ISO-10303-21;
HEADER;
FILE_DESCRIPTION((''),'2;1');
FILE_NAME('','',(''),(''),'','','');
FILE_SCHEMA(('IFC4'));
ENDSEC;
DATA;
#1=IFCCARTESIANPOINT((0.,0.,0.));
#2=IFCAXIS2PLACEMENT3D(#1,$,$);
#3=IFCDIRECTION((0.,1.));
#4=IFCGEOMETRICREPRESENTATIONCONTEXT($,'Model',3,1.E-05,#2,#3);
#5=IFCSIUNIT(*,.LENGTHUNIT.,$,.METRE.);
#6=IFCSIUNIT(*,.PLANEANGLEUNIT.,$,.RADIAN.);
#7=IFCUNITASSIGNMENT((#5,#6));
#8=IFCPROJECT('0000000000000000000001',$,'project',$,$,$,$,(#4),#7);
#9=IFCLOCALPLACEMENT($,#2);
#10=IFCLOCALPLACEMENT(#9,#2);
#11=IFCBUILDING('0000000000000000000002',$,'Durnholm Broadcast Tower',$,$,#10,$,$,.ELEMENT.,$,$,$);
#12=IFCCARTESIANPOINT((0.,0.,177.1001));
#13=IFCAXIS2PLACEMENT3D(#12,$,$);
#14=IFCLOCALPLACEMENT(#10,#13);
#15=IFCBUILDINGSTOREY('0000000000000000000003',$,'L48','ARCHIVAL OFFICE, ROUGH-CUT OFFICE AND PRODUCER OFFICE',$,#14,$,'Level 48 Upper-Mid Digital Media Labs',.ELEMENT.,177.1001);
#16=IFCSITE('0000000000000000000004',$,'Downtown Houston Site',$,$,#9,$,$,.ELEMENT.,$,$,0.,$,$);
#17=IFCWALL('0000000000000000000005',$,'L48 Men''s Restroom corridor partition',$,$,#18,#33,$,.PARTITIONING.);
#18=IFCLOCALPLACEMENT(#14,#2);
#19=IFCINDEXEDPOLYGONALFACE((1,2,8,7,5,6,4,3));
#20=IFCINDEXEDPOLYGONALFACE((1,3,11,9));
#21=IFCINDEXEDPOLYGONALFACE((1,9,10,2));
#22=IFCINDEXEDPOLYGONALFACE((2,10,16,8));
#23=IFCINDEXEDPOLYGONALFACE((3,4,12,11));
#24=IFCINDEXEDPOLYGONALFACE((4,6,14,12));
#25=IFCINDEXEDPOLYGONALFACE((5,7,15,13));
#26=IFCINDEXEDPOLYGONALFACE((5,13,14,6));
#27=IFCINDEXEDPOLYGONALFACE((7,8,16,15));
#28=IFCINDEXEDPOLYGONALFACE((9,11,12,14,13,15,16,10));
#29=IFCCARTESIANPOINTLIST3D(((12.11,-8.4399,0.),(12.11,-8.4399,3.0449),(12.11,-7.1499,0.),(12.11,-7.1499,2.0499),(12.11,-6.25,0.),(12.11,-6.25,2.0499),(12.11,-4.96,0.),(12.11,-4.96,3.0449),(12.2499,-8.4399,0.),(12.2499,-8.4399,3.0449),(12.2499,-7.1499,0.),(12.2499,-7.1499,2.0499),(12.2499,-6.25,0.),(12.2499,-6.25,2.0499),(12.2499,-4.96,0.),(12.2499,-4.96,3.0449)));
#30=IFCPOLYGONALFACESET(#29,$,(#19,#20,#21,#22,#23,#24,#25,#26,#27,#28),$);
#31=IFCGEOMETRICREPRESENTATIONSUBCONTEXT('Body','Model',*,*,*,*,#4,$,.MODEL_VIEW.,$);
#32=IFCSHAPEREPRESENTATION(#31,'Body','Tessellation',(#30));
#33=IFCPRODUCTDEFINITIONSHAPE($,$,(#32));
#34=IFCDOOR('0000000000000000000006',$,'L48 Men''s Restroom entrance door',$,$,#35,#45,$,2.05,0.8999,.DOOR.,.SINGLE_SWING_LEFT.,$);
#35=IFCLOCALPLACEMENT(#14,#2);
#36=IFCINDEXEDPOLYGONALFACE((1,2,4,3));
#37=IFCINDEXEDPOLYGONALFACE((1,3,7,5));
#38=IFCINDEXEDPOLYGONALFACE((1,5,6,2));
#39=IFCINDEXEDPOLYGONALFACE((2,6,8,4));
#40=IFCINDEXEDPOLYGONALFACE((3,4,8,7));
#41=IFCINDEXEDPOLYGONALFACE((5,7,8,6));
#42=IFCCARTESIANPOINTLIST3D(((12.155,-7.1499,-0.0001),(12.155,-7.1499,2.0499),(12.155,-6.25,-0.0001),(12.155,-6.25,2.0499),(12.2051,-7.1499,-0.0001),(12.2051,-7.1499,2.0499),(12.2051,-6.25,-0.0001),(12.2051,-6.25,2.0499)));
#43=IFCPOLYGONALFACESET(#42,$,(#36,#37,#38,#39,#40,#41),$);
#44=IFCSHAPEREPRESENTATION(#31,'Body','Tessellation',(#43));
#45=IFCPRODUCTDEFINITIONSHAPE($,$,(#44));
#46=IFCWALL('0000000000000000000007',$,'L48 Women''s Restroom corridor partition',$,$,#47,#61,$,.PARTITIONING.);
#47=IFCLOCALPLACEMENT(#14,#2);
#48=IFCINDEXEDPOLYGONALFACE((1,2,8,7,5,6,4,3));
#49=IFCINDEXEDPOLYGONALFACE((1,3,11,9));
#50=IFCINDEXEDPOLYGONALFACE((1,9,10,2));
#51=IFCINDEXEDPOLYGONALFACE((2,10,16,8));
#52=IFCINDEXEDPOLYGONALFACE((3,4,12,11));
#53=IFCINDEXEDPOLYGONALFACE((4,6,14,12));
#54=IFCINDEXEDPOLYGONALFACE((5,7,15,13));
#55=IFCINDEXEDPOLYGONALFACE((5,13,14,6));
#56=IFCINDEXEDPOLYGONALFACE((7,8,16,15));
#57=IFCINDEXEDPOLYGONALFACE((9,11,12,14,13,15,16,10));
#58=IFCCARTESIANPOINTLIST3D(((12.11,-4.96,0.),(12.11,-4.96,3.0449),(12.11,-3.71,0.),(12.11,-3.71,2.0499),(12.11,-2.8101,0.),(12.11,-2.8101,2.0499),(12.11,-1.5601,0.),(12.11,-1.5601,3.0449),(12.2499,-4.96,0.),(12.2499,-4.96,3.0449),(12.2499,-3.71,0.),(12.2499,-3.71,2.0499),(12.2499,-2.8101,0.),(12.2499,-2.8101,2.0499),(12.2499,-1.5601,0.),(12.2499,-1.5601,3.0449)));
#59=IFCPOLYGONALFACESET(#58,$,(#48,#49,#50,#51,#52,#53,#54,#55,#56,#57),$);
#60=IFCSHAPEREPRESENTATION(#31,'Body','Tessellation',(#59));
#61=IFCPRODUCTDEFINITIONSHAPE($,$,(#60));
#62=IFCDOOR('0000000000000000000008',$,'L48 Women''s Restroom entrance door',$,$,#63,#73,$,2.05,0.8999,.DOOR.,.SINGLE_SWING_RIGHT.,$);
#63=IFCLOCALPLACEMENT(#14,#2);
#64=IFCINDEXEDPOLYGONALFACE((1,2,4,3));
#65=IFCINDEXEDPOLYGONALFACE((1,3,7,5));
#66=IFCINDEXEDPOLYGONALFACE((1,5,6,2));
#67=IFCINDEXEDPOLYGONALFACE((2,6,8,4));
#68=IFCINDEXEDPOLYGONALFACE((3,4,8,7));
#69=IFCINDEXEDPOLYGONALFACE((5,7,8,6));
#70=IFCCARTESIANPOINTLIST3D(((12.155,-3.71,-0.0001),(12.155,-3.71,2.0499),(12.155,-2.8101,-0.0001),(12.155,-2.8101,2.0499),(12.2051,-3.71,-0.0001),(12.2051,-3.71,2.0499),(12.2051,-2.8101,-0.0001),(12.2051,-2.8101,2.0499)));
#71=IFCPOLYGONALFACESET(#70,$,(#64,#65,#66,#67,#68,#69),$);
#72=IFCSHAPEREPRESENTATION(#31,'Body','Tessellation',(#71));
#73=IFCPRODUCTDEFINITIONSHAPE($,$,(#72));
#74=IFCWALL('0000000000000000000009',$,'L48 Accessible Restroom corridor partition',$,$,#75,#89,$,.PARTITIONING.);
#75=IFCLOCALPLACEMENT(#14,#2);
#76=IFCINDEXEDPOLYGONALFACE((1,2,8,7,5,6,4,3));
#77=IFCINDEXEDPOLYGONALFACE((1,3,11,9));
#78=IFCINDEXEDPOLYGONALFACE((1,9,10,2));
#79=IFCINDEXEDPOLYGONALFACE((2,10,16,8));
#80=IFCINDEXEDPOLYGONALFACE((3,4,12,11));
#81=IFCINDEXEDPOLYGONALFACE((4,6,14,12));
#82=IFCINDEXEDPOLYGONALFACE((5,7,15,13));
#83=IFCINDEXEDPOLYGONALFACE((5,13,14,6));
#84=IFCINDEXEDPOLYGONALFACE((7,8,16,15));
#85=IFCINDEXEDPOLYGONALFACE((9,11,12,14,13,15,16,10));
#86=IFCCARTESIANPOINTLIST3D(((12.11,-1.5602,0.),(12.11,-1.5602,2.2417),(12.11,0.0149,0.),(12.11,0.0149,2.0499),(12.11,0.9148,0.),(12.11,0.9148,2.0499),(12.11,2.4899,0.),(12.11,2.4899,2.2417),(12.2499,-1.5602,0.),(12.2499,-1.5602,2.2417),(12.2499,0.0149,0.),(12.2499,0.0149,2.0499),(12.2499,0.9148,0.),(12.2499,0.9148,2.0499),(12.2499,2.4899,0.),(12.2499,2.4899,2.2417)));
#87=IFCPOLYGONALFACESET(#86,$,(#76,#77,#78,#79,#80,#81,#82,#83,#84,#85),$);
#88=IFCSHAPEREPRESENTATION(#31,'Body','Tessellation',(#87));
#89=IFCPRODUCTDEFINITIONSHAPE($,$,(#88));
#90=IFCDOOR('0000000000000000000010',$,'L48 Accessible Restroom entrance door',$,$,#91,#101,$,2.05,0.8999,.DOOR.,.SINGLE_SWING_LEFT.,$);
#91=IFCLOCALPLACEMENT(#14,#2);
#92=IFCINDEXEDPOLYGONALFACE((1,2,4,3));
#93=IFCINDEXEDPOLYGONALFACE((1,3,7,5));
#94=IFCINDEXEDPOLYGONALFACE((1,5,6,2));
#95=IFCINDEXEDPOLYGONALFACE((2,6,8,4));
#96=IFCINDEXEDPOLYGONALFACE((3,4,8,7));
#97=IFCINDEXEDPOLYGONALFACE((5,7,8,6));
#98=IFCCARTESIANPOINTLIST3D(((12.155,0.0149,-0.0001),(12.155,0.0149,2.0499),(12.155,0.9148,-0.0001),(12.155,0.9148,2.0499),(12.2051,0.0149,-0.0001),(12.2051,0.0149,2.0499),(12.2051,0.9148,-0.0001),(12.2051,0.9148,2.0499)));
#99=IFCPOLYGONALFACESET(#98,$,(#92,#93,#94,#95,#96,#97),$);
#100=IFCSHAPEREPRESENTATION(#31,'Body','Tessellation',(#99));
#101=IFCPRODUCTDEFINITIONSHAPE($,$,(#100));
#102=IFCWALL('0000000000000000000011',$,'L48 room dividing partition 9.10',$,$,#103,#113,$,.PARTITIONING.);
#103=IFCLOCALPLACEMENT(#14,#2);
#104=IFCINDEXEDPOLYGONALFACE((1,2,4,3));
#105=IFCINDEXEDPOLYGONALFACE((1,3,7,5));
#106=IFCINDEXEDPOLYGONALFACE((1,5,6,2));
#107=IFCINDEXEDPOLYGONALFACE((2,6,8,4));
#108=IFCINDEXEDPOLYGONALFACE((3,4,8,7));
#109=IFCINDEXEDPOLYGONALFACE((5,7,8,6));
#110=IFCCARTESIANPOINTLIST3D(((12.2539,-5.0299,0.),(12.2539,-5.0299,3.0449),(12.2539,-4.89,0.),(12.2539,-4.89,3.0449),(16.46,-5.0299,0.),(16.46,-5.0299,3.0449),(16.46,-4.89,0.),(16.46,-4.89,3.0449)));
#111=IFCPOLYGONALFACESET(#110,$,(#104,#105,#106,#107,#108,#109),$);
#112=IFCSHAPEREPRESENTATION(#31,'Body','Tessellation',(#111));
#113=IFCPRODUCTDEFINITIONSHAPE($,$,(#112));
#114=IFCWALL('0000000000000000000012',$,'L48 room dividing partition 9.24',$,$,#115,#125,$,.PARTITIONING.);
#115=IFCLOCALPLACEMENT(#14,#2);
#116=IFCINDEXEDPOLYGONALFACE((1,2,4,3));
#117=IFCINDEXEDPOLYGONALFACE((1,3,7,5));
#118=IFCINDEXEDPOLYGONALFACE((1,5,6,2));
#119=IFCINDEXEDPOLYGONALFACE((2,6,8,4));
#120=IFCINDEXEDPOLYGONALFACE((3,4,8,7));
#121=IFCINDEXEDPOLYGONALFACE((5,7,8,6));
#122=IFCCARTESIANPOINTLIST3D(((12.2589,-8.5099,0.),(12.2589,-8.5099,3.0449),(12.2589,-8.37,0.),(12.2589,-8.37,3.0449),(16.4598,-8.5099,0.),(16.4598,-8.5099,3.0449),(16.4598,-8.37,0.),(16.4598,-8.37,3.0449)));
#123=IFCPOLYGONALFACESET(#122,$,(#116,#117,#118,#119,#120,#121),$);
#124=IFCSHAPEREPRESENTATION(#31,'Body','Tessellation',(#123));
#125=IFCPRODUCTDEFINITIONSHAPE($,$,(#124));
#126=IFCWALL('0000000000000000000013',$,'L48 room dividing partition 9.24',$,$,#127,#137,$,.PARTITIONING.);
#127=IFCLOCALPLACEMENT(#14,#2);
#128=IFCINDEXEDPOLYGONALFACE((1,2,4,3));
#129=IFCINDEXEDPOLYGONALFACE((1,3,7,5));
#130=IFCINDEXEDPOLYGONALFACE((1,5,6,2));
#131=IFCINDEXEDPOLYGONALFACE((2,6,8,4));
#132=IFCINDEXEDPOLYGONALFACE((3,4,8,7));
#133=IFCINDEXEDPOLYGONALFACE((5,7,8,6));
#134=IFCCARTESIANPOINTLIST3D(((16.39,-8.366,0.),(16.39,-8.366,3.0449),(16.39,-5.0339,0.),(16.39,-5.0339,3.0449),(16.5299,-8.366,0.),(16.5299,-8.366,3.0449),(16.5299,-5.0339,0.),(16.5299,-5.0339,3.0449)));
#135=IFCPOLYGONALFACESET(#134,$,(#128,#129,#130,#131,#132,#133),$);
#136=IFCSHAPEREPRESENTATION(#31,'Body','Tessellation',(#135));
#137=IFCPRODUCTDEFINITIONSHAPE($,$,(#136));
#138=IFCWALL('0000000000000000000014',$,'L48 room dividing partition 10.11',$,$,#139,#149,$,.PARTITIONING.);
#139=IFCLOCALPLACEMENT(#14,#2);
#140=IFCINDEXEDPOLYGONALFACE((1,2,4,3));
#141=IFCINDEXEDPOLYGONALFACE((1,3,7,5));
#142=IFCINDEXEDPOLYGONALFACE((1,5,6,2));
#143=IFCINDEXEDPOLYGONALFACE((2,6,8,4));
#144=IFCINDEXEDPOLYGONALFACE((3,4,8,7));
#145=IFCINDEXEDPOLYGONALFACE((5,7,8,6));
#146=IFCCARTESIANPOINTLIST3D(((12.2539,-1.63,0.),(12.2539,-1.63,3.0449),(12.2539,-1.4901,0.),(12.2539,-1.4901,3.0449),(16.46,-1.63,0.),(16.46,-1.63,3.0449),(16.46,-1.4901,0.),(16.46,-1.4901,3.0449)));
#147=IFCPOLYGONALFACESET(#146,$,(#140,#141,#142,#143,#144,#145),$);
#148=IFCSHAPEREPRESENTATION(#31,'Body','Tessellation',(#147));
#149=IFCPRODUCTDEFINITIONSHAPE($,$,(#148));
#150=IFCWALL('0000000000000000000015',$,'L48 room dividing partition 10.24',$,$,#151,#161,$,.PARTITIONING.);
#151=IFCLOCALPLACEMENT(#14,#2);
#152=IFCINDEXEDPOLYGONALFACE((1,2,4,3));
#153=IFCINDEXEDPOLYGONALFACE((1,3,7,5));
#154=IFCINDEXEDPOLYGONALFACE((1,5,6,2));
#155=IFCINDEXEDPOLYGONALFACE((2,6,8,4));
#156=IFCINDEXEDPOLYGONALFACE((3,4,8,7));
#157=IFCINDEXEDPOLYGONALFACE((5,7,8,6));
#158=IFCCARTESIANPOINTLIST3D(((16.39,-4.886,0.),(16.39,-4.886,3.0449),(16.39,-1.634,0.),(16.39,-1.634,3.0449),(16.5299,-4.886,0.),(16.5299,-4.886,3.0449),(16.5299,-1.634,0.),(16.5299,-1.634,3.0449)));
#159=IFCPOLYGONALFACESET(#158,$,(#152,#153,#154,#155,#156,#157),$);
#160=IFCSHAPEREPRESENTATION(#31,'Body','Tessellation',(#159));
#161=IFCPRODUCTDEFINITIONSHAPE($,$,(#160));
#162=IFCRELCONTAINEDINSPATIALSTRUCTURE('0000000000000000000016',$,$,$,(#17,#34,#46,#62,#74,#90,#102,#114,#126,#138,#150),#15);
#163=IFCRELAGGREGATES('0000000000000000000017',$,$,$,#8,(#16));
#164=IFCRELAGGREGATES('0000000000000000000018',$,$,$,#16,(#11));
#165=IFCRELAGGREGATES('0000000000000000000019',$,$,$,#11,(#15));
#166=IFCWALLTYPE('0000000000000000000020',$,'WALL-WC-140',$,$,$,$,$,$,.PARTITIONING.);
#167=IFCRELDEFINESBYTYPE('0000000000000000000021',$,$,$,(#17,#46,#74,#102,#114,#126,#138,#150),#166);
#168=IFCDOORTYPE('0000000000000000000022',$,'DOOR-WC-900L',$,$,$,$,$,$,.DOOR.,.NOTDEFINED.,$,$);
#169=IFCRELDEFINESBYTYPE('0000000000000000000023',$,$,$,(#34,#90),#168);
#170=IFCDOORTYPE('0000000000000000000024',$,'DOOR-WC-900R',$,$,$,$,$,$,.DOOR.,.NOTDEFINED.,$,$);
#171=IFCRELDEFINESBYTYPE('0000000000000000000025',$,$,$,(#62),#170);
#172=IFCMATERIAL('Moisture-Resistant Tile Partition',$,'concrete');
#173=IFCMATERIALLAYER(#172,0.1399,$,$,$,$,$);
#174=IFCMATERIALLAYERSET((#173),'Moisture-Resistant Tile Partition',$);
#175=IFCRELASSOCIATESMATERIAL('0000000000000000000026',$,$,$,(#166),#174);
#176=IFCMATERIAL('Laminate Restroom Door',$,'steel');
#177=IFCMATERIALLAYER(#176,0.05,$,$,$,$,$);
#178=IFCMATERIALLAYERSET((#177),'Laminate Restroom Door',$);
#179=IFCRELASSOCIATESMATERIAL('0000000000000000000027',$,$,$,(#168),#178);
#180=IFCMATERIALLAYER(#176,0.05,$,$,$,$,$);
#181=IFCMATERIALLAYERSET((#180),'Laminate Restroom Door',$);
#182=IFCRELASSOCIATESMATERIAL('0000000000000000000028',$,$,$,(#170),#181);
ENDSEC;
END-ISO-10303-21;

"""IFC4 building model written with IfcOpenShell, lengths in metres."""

from ifc_helpers import new_model, si_unit, direction, frame, frame_2d, origin, place, context, subcontext, project, spatial, rectangle, extrude, source, transform, mapped, material, layer, layer_set, type_object, type_shapes, element, fill, save


model = new_model("IFC4")

# Units and contexts
model_context = context("Model", 3, precision=1e-05, world=origin(), true_north=direction((0.0, 1.0)))
body_context = subcontext(model_context, "Body", "Model", "MODEL_VIEW")
ifc_project = project(units=[si_unit("LENGTHUNIT", "METRE"), si_unit("PLANEANGLEUNIT", "RADIAN")], contexts=[model_context])

# Site, building, storey
site_placement = place(None, origin())
site = spatial("IfcSite", under=ifc_project, at=site_placement, Name="Downtown Houston Site", CompositionType="ELEMENT", RefElevation=0.0)
building_placement = place(site_placement, origin())
building = spatial("IfcBuilding", under=site, at=building_placement, Name="Durnholm Broadcast Tower", CompositionType="ELEMENT")
storey_placement = place(building_placement, frame((0.0, 0.0, 177.1001)))
storey = spatial("IfcBuildingStorey", under=building, at=storey_placement, Name="L48", Description="ARCHIVAL OFFICE, ROUGH-CUT OFFICE AND PRODUCER OFFICE", LongName="Level 48 Upper-Mid Digital Media Labs", CompositionType="ELEMENT", Elevation=177.1001)

# Walls, openings, doors
ifc_material_1 = material(Name="Moisture-Resistant Tile Partition", Category="concrete")
ifc_layer_1 = layer(ifc_material_1, 0.1399)
ifc_layer_set_1 = layer_set([ifc_layer_1], Name="Moisture-Resistant Tile Partition")
wall_type_1 = type_object("IfcWallType", Name="WALL-WC-140", PredefinedType="PARTITIONING", material=ifc_layer_set_1)
wall_1_placement = place(storey_placement, frame((12.1799, -8.4399, 0.0), z_axis=(0.0, 0.0, 1.0), x_axis=(0.0, 1.0, 0.0)))
wall_1 = element("IfcWall", 1, at=wall_1_placement, inside=storey, type_object=wall_type_1, Name="L48 Men's Restroom corridor partition", PredefinedType="PARTITIONING", context=body_context, shape_type="SweptSolid", body=[
    extrude(rectangle(XDim=3.48, YDim=0.1399, at=frame_2d((1.74, 0.0))), origin(), (0.0, 0.0, 1.0), 3.0449),
])
opening_1_placement = place(wall_1_placement, frame((1.29, 0.0, 0.0)))
opening_1 = element("IfcOpeningElement", 2, at=opening_1_placement, cuts=wall_1, PredefinedType="OPENING", context=body_context, shape_type="SweptSolid", body=[
    extrude(rectangle(XDim=0.8999, YDim=2.05, at=frame_2d((0.45, 1.0249))), frame((0.0, 0.0801, 0.0), z_axis=(0.0, -1.0, 0.0), x_axis=(1.0, 0.0, 0.0)), (0.0, 0.0, 1.0), 0.1599),
])
ifc_material_2 = material(Name="Laminate Restroom Door", Category="steel")
ifc_layer_2 = layer(ifc_material_2, 0.05)
ifc_layer_set_2 = layer_set([ifc_layer_2], Name="Laminate Restroom Door")
door_type_1 = type_object("IfcDoorType", Name="DOOR-WC-900L", OperationType="NOTDEFINED", PredefinedType="DOOR", material=ifc_layer_set_2)
shared_shape_1 = source(origin(), body_context, "Body", "SweptSolid", [
    extrude(rectangle(XDim=0.8999, YDim=2.05, at=frame_2d((0.45, 1.0249))), frame((0.0, 0.0249, 0.0), z_axis=(0.0, -1.0, 0.0), x_axis=(1.0, 0.0, 0.0)), (0.0, 0.0, 1.0), 0.05),
])
type_shapes(door_type_1, [shared_shape_1])
door_1_placement = place(opening_1_placement, origin())
door_1 = element("IfcDoor", 3, at=door_1_placement, inside=storey, type_object=door_type_1, Name="L48 Men's Restroom entrance door", OperationType="SINGLE_SWING_LEFT", OverallHeight=2.05, OverallWidth=0.8999, PredefinedType="DOOR", context=body_context, shape_type="MappedRepresentation", body=[
    mapped(shared_shape_1, transform((0.0, 0.0, 0.0), x_axis=(1.0, 0.0, 0.0), y_axis=(0.0, 1.0, 0.0), z_axis=(0.0, 0.0, 1.0), scale=1.0)),
])
fill(opening_1, door_1)
wall_2_placement = place(storey_placement, frame((12.1799, -4.96, 0.0), z_axis=(0.0, 0.0, 1.0), x_axis=(0.0, 1.0, 0.0)))
wall_2 = element("IfcWall", 4, at=wall_2_placement, inside=storey, type_object=wall_type_1, Name="L48 Women's Restroom corridor partition", PredefinedType="PARTITIONING", context=body_context, shape_type="SweptSolid", body=[
    extrude(rectangle(XDim=3.3999, YDim=0.1399, at=frame_2d((1.7, 0.0))), origin(), (0.0, 0.0, 1.0), 3.0449),
])
opening_2_placement = place(wall_2_placement, frame((1.25, 0.0, 0.0)))
opening_2 = element("IfcOpeningElement", 5, at=opening_2_placement, cuts=wall_2, PredefinedType="OPENING", context=body_context, shape_type="SweptSolid", body=[
    extrude(rectangle(XDim=0.8999, YDim=2.05, at=frame_2d((0.45, 1.0249))), frame((0.0, 0.0801, 0.0), z_axis=(0.0, -1.0, 0.0), x_axis=(1.0, 0.0, 0.0)), (0.0, 0.0, 1.0), 0.1599),
])
ifc_layer_3 = layer(ifc_material_2, 0.05)
ifc_layer_set_3 = layer_set([ifc_layer_3], Name="Laminate Restroom Door")
door_type_2 = type_object("IfcDoorType", Name="DOOR-WC-900R", OperationType="NOTDEFINED", PredefinedType="DOOR", material=ifc_layer_set_3)
shared_shape_2 = source(origin(), body_context, "Body", "SweptSolid", [
    extrude(rectangle(XDim=0.8999, YDim=2.05, at=frame_2d((0.45, 1.0249))), frame((0.0, 0.0249, 0.0), z_axis=(0.0, -1.0, 0.0), x_axis=(1.0, 0.0, 0.0)), (0.0, 0.0, 1.0), 0.05),
])
type_shapes(door_type_2, [shared_shape_2])
door_2_placement = place(opening_2_placement, origin())
door_2 = element("IfcDoor", 6, at=door_2_placement, inside=storey, type_object=door_type_2, Name="L48 Women's Restroom entrance door", OperationType="SINGLE_SWING_RIGHT", OverallHeight=2.05, OverallWidth=0.8999, PredefinedType="DOOR", context=body_context, shape_type="MappedRepresentation", body=[
    mapped(shared_shape_2, transform((0.0, 0.0, 0.0), x_axis=(1.0, 0.0, 0.0), y_axis=(0.0, 1.0, 0.0), z_axis=(0.0, 0.0, 1.0), scale=1.0)),
])
fill(opening_2, door_2)
wall_3_placement = place(storey_placement, frame((12.1799, -1.5601, 0.0), z_axis=(0.0, 0.0, 1.0), x_axis=(0.0, 1.0, 0.0)))
wall_3 = element("IfcWall", 7, at=wall_3_placement, inside=storey, type_object=wall_type_1, Name="L48 Accessible Restroom corridor partition", PredefinedType="PARTITIONING", context=body_context, shape_type="SweptSolid", body=[
    extrude(rectangle(XDim=4.05, YDim=0.1399, at=frame_2d((2.0249, 0.0))), origin(), (0.0, 0.0, 1.0), 2.2417),
])
opening_3_placement = place(wall_3_placement, frame((1.575, 0.0, 0.0)))
opening_3 = element("IfcOpeningElement", 8, at=opening_3_placement, cuts=wall_3, PredefinedType="OPENING", context=body_context, shape_type="SweptSolid", body=[
    extrude(rectangle(XDim=0.8999, YDim=2.05, at=frame_2d((0.45, 1.0249))), frame((0.0, 0.0801, 0.0), z_axis=(0.0, -1.0, 0.0), x_axis=(1.0, 0.0, 0.0)), (0.0, 0.0, 1.0), 0.1599),
])
door_3_placement = place(opening_3_placement, origin())
door_3 = element("IfcDoor", 9, at=door_3_placement, inside=storey, type_object=door_type_1, Name="L48 Accessible Restroom entrance door", OperationType="SINGLE_SWING_LEFT", OverallHeight=2.05, OverallWidth=0.8999, PredefinedType="DOOR", context=body_context, shape_type="MappedRepresentation", body=[
    mapped(shared_shape_1, transform((0.0, 0.0, 0.0), x_axis=(1.0, 0.0, 0.0), y_axis=(0.0, 1.0, 0.0), z_axis=(0.0, 0.0, 1.0), scale=1.0)),
])
fill(opening_3, door_3)

# Walls
wall_4_placement = place(storey_placement, frame((12.2539, -4.96, 0.0), z_axis=(0.0, 0.0, 1.0), x_axis=(1.0, 0.0, 0.0)))
element("IfcWall", 10, at=wall_4_placement, inside=storey, type_object=wall_type_1, Name="L48 room dividing partition 9.10", PredefinedType="PARTITIONING", context=body_context, shape_type="SweptSolid", body=[
    extrude(rectangle(XDim=4.2061, YDim=0.1399, at=frame_2d((2.103, 0.0))), origin(), (0.0, 0.0, 1.0), 3.0449),
])
wall_5_placement = place(storey_placement, frame((16.46, -8.4399, 0.0), z_axis=(0.0, 0.0, 1.0), x_axis=(-1.0, 0.0, 0.0)))
element("IfcWall", 11, at=wall_5_placement, inside=storey, type_object=wall_type_1, Name="L48 room dividing partition 9.24", PredefinedType="PARTITIONING", context=body_context, shape_type="SweptSolid", body=[
    extrude(rectangle(XDim=4.2009, YDim=0.1399, at=frame_2d((2.1006, 0.0))), origin(), (0.0, 0.0, 1.0), 3.0449),
])
wall_6_placement = place(storey_placement, frame((16.46, -5.0339, 0.0), z_axis=(0.0, 0.0, 1.0), x_axis=(0.0, -1.0, 0.0)))
element("IfcWall", 12, at=wall_6_placement, inside=storey, type_object=wall_type_1, Name="L48 room dividing partition 9.24", PredefinedType="PARTITIONING", context=body_context, shape_type="SweptSolid", body=[
    extrude(rectangle(XDim=3.332, YDim=0.1399, at=frame_2d((1.666, 0.0))), origin(), (0.0, 0.0, 1.0), 3.0449),
])
wall_7_placement = place(storey_placement, frame((12.2539, -1.5601, 0.0), z_axis=(0.0, 0.0, 1.0), x_axis=(1.0, 0.0, 0.0)))
element("IfcWall", 13, at=wall_7_placement, inside=storey, type_object=wall_type_1, Name="L48 room dividing partition 10.11", PredefinedType="PARTITIONING", context=body_context, shape_type="SweptSolid", body=[
    extrude(rectangle(XDim=4.2061, YDim=0.1399, at=frame_2d((2.103, 0.0))), origin(), (0.0, 0.0, 1.0), 3.0449),
])
wall_8_placement = place(storey_placement, frame((16.46, -1.634, 0.0), z_axis=(0.0, 0.0, 1.0), x_axis=(0.0, -1.0, 0.0)))
element("IfcWall", 14, at=wall_8_placement, inside=storey, type_object=wall_type_1, Name="L48 room dividing partition 10.24", PredefinedType="PARTITIONING", context=body_context, shape_type="SweptSolid", body=[
    extrude(rectangle(XDim=3.252, YDim=0.1399, at=frame_2d((1.626, 0.0))), origin(), (0.0, 0.0, 1.0), 3.0449),
])

save(model, "model.ifc")
